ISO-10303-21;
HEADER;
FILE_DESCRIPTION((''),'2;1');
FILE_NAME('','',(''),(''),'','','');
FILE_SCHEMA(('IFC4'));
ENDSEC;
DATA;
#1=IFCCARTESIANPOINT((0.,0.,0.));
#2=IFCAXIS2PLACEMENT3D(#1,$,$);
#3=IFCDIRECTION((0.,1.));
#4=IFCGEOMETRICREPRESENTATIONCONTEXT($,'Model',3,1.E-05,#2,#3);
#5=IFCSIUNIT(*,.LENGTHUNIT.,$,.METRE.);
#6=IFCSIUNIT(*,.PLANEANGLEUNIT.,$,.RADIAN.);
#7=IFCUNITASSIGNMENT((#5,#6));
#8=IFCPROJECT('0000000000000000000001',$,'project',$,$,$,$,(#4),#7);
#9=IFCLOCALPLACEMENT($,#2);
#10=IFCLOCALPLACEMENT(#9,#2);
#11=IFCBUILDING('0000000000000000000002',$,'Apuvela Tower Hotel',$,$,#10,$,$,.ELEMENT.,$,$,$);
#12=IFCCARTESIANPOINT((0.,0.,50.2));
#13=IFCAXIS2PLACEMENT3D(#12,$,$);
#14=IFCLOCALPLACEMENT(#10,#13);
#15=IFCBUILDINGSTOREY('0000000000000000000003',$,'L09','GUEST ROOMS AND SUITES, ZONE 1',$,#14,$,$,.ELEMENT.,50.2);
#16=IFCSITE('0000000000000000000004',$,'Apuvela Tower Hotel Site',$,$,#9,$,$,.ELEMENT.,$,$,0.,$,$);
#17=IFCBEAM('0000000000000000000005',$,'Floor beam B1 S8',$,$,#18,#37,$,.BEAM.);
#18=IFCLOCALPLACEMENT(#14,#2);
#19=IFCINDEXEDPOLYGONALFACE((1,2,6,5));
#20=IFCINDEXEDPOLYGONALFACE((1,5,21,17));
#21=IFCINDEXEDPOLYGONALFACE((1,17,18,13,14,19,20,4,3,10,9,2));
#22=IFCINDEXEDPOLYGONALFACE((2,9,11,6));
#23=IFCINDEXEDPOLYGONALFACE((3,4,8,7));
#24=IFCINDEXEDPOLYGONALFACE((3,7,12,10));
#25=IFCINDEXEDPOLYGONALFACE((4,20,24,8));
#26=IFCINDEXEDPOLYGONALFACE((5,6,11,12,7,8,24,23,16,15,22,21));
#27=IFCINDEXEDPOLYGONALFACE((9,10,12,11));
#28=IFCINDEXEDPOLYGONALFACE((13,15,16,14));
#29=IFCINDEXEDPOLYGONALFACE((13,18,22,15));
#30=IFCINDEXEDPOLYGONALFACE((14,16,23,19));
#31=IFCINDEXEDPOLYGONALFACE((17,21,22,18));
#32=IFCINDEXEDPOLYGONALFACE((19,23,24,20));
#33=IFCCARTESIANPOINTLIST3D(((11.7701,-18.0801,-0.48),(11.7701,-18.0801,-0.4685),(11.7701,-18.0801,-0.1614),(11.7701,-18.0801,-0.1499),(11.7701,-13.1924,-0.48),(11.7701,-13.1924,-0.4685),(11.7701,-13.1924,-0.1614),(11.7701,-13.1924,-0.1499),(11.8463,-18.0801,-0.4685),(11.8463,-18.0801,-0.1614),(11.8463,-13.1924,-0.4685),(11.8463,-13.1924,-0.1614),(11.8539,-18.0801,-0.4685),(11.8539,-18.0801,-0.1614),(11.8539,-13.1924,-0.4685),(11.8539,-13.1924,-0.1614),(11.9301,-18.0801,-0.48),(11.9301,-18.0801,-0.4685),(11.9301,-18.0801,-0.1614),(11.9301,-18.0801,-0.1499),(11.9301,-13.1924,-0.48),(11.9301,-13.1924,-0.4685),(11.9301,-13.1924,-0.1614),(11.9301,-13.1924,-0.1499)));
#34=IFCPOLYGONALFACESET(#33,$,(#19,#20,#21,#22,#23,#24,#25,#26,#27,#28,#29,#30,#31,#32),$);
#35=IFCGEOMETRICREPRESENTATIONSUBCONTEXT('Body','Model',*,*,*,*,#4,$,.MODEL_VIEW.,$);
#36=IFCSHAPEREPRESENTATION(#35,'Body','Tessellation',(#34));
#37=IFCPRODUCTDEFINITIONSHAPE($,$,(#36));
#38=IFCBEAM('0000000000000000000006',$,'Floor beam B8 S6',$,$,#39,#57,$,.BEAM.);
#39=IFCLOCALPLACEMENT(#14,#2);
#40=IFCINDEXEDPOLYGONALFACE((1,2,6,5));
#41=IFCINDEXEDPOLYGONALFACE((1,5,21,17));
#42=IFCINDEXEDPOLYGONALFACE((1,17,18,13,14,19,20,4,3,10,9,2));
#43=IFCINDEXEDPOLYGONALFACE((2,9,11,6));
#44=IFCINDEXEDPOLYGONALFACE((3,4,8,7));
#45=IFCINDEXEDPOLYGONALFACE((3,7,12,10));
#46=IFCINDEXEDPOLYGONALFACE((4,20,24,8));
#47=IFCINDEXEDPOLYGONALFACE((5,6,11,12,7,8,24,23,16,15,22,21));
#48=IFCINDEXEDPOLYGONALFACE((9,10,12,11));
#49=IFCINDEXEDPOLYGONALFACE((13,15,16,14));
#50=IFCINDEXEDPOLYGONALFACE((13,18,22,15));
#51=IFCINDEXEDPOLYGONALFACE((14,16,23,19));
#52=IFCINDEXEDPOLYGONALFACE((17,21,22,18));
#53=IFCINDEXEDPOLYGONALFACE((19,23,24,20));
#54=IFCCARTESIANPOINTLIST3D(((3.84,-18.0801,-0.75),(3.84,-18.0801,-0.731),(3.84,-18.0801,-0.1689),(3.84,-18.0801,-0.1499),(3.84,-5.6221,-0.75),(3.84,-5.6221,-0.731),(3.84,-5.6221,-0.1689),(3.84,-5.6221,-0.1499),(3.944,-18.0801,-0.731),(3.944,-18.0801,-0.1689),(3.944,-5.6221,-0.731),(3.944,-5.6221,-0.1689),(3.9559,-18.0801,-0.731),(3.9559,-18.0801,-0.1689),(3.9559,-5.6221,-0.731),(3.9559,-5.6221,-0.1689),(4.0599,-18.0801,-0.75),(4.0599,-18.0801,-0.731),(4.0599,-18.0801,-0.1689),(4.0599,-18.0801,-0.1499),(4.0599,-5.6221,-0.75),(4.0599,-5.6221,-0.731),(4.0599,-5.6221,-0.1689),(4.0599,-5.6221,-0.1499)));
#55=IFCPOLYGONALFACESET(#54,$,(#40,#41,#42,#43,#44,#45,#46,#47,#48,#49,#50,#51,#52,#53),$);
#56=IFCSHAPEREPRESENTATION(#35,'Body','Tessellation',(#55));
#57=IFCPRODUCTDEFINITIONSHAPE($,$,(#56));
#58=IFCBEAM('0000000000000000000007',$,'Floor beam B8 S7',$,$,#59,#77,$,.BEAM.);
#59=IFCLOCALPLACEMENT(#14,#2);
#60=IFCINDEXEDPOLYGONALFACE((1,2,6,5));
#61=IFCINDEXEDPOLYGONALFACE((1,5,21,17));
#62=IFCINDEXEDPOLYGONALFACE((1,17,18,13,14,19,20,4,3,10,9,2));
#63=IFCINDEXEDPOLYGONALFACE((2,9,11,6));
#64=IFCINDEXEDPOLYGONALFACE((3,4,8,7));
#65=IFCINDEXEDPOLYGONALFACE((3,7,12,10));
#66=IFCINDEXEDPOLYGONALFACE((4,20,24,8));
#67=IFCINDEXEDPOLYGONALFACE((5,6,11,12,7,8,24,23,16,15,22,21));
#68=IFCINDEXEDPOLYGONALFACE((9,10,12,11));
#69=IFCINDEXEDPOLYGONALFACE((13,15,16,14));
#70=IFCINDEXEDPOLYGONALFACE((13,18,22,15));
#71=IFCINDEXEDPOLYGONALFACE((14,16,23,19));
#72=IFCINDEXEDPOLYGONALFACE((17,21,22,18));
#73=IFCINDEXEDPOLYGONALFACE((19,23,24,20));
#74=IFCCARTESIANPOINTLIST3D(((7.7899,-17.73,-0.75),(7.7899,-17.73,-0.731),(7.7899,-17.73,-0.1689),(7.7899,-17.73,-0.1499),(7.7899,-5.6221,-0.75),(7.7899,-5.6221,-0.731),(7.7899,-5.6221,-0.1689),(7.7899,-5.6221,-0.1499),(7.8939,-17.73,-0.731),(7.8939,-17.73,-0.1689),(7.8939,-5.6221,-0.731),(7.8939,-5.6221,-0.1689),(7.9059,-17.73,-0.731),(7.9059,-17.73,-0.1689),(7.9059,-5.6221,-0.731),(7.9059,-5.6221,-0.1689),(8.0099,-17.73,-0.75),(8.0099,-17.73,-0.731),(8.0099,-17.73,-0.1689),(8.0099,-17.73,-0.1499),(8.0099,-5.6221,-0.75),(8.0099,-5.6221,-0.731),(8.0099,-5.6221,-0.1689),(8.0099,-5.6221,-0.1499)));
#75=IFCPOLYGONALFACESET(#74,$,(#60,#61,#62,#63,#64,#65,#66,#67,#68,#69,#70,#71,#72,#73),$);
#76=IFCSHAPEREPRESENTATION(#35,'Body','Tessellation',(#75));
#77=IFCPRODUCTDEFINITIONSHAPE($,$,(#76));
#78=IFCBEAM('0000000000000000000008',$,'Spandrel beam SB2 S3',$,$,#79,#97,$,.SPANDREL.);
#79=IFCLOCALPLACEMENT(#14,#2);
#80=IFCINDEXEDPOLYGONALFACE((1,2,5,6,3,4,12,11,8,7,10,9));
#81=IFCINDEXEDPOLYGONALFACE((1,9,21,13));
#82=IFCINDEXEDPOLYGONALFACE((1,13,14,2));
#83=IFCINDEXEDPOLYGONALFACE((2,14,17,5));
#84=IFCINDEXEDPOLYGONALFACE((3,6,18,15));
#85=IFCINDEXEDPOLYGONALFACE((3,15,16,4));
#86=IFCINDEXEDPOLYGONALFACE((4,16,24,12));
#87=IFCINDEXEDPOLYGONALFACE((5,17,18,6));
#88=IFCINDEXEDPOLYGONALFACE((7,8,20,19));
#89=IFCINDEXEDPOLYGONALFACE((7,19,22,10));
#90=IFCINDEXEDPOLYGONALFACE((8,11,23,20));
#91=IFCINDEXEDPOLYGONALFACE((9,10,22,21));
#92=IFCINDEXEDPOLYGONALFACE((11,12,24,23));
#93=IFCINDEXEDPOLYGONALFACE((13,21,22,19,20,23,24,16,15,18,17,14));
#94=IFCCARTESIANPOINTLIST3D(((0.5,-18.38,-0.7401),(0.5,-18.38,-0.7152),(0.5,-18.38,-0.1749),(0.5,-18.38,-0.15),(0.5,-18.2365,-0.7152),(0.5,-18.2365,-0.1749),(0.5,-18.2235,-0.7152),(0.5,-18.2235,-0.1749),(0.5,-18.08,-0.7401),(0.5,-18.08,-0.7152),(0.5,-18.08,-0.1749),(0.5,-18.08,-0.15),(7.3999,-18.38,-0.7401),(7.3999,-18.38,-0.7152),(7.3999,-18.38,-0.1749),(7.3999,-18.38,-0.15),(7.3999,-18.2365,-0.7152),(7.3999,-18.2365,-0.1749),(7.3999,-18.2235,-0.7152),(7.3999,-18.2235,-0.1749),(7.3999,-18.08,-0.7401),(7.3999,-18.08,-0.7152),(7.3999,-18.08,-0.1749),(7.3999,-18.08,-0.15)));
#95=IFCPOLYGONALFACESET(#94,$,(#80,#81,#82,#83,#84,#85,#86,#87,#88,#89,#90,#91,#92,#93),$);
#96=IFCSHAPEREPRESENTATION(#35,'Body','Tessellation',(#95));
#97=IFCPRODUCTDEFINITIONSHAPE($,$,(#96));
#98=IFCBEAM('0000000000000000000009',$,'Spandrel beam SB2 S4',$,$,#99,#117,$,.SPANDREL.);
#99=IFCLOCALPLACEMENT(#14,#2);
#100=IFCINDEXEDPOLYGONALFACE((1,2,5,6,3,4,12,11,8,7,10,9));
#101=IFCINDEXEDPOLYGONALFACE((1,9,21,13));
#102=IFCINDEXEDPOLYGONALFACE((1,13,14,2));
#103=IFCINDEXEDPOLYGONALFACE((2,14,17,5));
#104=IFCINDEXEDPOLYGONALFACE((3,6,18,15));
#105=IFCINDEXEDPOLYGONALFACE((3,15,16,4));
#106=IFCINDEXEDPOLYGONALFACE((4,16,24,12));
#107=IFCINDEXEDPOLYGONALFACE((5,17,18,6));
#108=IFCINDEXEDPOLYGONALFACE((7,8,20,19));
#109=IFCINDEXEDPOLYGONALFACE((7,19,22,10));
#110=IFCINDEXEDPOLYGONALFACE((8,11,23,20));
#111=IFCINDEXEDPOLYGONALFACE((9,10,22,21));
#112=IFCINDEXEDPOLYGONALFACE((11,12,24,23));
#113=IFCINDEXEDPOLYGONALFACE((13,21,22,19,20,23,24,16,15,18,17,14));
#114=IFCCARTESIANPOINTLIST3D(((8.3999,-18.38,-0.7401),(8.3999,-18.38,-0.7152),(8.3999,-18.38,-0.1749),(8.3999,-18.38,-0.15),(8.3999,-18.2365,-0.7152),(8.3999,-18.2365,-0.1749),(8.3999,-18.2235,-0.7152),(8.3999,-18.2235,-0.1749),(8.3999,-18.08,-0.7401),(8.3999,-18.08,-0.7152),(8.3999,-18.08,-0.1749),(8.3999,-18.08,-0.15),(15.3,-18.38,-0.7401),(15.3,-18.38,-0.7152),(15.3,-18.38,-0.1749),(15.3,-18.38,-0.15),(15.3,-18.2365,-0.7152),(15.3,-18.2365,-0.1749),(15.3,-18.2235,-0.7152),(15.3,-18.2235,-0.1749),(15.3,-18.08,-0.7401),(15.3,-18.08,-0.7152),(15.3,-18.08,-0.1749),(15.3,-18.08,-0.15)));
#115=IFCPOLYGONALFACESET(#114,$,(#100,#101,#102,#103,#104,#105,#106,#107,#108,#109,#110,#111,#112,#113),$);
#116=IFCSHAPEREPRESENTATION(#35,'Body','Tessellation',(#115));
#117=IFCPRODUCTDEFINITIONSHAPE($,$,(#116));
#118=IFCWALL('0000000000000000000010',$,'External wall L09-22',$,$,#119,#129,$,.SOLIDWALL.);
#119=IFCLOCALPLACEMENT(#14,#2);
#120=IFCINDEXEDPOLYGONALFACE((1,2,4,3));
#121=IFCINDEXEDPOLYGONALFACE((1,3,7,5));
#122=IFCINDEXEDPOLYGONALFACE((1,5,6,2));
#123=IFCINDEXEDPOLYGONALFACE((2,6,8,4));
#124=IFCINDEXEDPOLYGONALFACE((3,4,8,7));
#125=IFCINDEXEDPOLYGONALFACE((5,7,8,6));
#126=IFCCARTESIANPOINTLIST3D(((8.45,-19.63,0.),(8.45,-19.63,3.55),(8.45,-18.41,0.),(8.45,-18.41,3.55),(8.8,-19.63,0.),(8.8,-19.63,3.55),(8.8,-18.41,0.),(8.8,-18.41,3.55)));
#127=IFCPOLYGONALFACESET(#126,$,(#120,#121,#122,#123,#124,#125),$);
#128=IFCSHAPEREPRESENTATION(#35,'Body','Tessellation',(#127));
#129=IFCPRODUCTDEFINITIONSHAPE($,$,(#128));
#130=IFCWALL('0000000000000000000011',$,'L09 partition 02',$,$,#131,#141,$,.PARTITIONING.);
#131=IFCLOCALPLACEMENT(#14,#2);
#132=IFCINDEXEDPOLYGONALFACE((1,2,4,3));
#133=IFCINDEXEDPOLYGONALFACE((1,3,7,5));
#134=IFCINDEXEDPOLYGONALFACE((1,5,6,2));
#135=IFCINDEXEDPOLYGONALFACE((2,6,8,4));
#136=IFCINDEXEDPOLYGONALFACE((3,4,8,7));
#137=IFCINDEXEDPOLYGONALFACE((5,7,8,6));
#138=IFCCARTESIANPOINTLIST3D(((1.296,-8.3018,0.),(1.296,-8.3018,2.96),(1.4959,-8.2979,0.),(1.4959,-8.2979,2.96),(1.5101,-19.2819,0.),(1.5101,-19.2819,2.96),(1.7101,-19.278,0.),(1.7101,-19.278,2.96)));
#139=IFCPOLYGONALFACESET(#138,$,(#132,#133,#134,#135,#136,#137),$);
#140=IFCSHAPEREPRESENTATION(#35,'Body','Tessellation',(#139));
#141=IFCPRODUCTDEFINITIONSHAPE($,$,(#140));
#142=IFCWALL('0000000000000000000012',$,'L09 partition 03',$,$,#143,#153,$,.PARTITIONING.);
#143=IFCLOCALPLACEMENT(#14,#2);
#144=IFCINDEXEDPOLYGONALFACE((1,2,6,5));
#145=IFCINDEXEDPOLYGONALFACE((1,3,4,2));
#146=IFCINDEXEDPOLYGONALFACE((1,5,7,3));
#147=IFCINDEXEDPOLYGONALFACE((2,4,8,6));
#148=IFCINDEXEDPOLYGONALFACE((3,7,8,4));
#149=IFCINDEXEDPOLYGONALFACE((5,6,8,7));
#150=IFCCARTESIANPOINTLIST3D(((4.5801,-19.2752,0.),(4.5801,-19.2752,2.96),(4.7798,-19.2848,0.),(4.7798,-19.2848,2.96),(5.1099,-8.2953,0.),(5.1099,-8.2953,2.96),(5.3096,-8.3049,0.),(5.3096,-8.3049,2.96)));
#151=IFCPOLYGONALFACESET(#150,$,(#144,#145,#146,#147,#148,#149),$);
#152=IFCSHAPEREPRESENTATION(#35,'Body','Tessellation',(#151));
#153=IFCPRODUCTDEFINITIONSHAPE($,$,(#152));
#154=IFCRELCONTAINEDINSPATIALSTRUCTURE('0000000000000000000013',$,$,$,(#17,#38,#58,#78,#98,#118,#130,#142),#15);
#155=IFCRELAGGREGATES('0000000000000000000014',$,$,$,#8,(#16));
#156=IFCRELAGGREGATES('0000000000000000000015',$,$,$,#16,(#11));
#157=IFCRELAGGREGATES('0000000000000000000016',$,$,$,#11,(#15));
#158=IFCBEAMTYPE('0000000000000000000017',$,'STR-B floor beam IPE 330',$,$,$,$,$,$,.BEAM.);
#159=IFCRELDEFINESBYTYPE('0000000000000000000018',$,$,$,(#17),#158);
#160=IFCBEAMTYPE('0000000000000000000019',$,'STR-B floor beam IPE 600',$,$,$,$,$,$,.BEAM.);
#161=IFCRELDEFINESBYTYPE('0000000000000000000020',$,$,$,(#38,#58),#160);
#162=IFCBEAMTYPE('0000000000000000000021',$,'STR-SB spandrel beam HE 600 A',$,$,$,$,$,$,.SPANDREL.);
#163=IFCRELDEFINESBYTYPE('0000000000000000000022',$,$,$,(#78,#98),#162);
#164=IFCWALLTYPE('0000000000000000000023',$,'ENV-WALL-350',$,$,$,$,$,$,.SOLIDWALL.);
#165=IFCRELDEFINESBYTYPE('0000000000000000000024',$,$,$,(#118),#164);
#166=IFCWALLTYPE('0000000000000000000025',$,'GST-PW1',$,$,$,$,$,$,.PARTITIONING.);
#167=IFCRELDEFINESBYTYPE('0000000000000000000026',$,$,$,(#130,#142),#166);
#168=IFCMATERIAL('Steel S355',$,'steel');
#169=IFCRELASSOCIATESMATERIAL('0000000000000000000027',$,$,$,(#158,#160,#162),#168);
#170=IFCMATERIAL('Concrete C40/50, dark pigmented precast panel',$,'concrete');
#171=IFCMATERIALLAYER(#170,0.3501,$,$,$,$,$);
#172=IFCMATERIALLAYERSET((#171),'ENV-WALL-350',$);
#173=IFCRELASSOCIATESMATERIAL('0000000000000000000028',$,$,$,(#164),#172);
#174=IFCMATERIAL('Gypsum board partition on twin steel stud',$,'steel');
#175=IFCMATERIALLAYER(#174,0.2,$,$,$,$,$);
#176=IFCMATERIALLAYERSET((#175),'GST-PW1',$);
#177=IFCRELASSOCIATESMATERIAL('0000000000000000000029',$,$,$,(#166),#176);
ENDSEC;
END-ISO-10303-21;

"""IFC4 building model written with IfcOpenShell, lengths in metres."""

from ifc_helpers import new_model, si_unit, direction, frame, frame_2d, origin, origin_2d, place, context, subcontext, project, spatial, rectangle, i_section, extrude, material, layer, layer_set, material_profile, profile_set, type_object, element, save


model = new_model("IFC4")

# Units and contexts
model_context = context("Model", 3, precision=1e-05, world=origin(), true_north=direction((0.0, 1.0)))
body_context = subcontext(model_context, "Body", "Model", "MODEL_VIEW")
ifc_project = project(units=[si_unit("LENGTHUNIT", "METRE"), si_unit("PLANEANGLEUNIT", "RADIAN")], contexts=[model_context])

# Site, building, storey
site_placement = place(None, origin())
site = spatial("IfcSite", under=ifc_project, at=site_placement, Name="Apuvela Tower Hotel Site", CompositionType="ELEMENT", RefElevation=0.0)
building_placement = place(site_placement, origin())
building = spatial("IfcBuilding", under=site, at=building_placement, Name="Apuvela Tower Hotel", CompositionType="ELEMENT")
storey_placement = place(building_placement, frame((0.0, 0.0, 50.2)))
storey = spatial("IfcBuildingStorey", under=building, at=storey_placement, Name="L09", Description="GUEST ROOMS AND SUITES, ZONE 1", CompositionType="ELEMENT", Elevation=50.2)

# Beams
ifc_material_1 = material(Name="Steel S355", Category="steel")
ifc_material_profile_1 = material_profile(ifc_material_1, i_section(OverallWidth=0.1599, OverallDepth=0.3301, WebThickness=0.0076, FlangeThickness=0.0115, at=origin_2d()), Name="IPE 330")
ifc_profile_set_1 = profile_set([ifc_material_profile_1], Name="Steel S355")
beam_type_1 = type_object("IfcBeamType", Name="STR-B floor beam IPE 330", PredefinedType="BEAM", material=ifc_profile_set_1)
beam_1_placement = place(storey_placement, frame((11.8501, -18.0801, -0.3149), z_axis=(0.0, 1.0, 0.0), x_axis=(-1.0, 0.0, 0.0)))
element("IfcBeam", 1, at=beam_1_placement, inside=storey, type_object=beam_type_1, Name="Floor beam B1 S8", PredefinedType="BEAM", context=body_context, shape_type="SweptSolid", body=[
    extrude(i_section(OverallWidth=0.1599, OverallDepth=0.3301, WebThickness=0.0076, FlangeThickness=0.0115, at=origin_2d()), origin(), (0.0, 0.0, 1.0), 4.8877),
])
ifc_material_profile_2 = material_profile(ifc_material_1, i_section(OverallWidth=0.22, OverallDepth=0.6001, WebThickness=0.012, FlangeThickness=0.019, at=origin_2d()), Name="IPE 600")
ifc_profile_set_2 = profile_set([ifc_material_profile_2], Name="Steel S355")
beam_type_2 = type_object("IfcBeamType", Name="STR-B floor beam IPE 600", PredefinedType="BEAM", material=ifc_profile_set_2)
beam_2_placement = place(storey_placement, frame((3.95, -18.0801, -0.45), z_axis=(0.0, 1.0, 0.0), x_axis=(-1.0, 0.0, 0.0)))
element("IfcBeam", 2, at=beam_2_placement, inside=storey, type_object=beam_type_2, Name="Floor beam B8 S6", PredefinedType="BEAM", context=body_context, shape_type="SweptSolid", body=[
    extrude(i_section(OverallWidth=0.22, OverallDepth=0.6001, WebThickness=0.012, FlangeThickness=0.019, at=origin_2d()), origin(), (0.0, 0.0, 1.0), 12.458),
])
beam_3_placement = place(storey_placement, frame((7.8999, -17.73, -0.45), z_axis=(0.0, 1.0, 0.0), x_axis=(-1.0, 0.0, 0.0)))
element("IfcBeam", 3, at=beam_3_placement, inside=storey, type_object=beam_type_2, Name="Floor beam B8 S7", PredefinedType="BEAM", context=body_context, shape_type="SweptSolid", body=[
    extrude(i_section(OverallWidth=0.22, OverallDepth=0.6001, WebThickness=0.012, FlangeThickness=0.019, at=origin_2d()), origin(), (0.0, 0.0, 1.0), 12.1079),
])
ifc_material_profile_3 = material_profile(ifc_material_1, i_section(OverallWidth=0.3, OverallDepth=0.5901, WebThickness=0.0129, FlangeThickness=0.0249, at=origin_2d()), Name="HE 600 A")
ifc_profile_set_3 = profile_set([ifc_material_profile_3], Name="Steel S355")
beam_type_3 = type_object("IfcBeamType", Name="STR-SB spandrel beam HE 600 A", PredefinedType="SPANDREL", material=ifc_profile_set_3)
beam_4_placement = place(storey_placement, frame((0.5, -18.23, -0.4451), z_axis=(1.0, 0.0, 0.0), x_axis=(0.0, 1.0, 0.0)))
element("IfcBeam", 4, at=beam_4_placement, inside=storey, type_object=beam_type_3, Name="Spandrel beam SB2 S3", PredefinedType="SPANDREL", context=body_context, shape_type="SweptSolid", body=[
    extrude(i_section(OverallWidth=0.3, OverallDepth=0.5901, WebThickness=0.0129, FlangeThickness=0.0249, at=origin_2d()), origin(), (0.0, 0.0, 1.0), 6.8999),
])
beam_5_placement = place(storey_placement, frame((8.3999, -18.23, -0.4451), z_axis=(1.0, 0.0, 0.0), x_axis=(0.0, 1.0, 0.0)))
element("IfcBeam", 5, at=beam_5_placement, inside=storey, type_object=beam_type_3, Name="Spandrel beam SB2 S4", PredefinedType="SPANDREL", context=body_context, shape_type="SweptSolid", body=[
    extrude(i_section(OverallWidth=0.3, OverallDepth=0.5901, WebThickness=0.0129, FlangeThickness=0.0249, at=origin_2d()), origin(), (0.0, 0.0, 1.0), 6.9001),
])

# Wall
ifc_material_2 = material(Name="Concrete C40/50, dark pigmented precast panel", Category="concrete")
ifc_layer_1 = layer(ifc_material_2, 0.3501)
ifc_layer_set_1 = layer_set([ifc_layer_1], Name="ENV-WALL-350")
wall_type_1 = type_object("IfcWallType", Name="ENV-WALL-350", PredefinedType="SOLIDWALL", material=ifc_layer_set_1)
wall_1_placement = place(storey_placement, frame((8.625, -19.6299, 0.0), z_axis=(0.0, 0.0, 1.0), x_axis=(0.0, 1.0, 0.0)))
element("IfcWall", 6, at=wall_1_placement, inside=storey, type_object=wall_type_1, Name="External wall L09-22", PredefinedType="SOLIDWALL", context=body_context, shape_type="SweptSolid", body=[
    extrude(rectangle(XDim=1.22, YDim=0.3501, at=frame_2d((0.6099, 0.0))), origin(), (0.0, 0.0, 1.0), 3.55),
])

# Walls
ifc_material_3 = material(Name="Gypsum board partition on twin steel stud", Category="steel")
ifc_layer_2 = layer(ifc_material_3, 0.2)
ifc_layer_set_2 = layer_set([ifc_layer_2], Name="GST-PW1")
wall_type_2 = type_object("IfcWallType", Name="GST-PW1", PredefinedType="PARTITIONING", material=ifc_layer_set_2)
wall_2_placement = place(storey_placement, frame((1.6101, -19.28, 0.0), z_axis=(0.0, 0.0, 1.0), x_axis=(-0.019496, 0.99981, 0.0)))
element("IfcWall", 7, at=wall_2_placement, inside=storey, type_object=wall_type_2, Name="L09 partition 02", PredefinedType="PARTITIONING", context=body_context, shape_type="SweptSolid", body=[
    extrude(rectangle(XDim=10.9822, YDim=0.2, at=frame_2d((5.4912, 0.0))), origin(), (0.0, 0.0, 1.0), 2.96),
])
wall_3_placement = place(storey_placement, frame((4.6799, -19.28, 0.0), z_axis=(0.0, 0.0, 1.0), x_axis=(0.048194, 0.998838, 0.0)))
element("IfcWall", 8, at=wall_3_placement, inside=storey, type_object=wall_type_2, Name="L09 partition 03", PredefinedType="PARTITIONING", context=body_context, shape_type="SweptSolid", body=[
    extrude(rectangle(XDim=10.9927, YDim=0.2, at=frame_2d((5.4963, 0.0))), origin(), (0.0, 0.0, 1.0), 2.96),
])

save(model, "model.ifc")
